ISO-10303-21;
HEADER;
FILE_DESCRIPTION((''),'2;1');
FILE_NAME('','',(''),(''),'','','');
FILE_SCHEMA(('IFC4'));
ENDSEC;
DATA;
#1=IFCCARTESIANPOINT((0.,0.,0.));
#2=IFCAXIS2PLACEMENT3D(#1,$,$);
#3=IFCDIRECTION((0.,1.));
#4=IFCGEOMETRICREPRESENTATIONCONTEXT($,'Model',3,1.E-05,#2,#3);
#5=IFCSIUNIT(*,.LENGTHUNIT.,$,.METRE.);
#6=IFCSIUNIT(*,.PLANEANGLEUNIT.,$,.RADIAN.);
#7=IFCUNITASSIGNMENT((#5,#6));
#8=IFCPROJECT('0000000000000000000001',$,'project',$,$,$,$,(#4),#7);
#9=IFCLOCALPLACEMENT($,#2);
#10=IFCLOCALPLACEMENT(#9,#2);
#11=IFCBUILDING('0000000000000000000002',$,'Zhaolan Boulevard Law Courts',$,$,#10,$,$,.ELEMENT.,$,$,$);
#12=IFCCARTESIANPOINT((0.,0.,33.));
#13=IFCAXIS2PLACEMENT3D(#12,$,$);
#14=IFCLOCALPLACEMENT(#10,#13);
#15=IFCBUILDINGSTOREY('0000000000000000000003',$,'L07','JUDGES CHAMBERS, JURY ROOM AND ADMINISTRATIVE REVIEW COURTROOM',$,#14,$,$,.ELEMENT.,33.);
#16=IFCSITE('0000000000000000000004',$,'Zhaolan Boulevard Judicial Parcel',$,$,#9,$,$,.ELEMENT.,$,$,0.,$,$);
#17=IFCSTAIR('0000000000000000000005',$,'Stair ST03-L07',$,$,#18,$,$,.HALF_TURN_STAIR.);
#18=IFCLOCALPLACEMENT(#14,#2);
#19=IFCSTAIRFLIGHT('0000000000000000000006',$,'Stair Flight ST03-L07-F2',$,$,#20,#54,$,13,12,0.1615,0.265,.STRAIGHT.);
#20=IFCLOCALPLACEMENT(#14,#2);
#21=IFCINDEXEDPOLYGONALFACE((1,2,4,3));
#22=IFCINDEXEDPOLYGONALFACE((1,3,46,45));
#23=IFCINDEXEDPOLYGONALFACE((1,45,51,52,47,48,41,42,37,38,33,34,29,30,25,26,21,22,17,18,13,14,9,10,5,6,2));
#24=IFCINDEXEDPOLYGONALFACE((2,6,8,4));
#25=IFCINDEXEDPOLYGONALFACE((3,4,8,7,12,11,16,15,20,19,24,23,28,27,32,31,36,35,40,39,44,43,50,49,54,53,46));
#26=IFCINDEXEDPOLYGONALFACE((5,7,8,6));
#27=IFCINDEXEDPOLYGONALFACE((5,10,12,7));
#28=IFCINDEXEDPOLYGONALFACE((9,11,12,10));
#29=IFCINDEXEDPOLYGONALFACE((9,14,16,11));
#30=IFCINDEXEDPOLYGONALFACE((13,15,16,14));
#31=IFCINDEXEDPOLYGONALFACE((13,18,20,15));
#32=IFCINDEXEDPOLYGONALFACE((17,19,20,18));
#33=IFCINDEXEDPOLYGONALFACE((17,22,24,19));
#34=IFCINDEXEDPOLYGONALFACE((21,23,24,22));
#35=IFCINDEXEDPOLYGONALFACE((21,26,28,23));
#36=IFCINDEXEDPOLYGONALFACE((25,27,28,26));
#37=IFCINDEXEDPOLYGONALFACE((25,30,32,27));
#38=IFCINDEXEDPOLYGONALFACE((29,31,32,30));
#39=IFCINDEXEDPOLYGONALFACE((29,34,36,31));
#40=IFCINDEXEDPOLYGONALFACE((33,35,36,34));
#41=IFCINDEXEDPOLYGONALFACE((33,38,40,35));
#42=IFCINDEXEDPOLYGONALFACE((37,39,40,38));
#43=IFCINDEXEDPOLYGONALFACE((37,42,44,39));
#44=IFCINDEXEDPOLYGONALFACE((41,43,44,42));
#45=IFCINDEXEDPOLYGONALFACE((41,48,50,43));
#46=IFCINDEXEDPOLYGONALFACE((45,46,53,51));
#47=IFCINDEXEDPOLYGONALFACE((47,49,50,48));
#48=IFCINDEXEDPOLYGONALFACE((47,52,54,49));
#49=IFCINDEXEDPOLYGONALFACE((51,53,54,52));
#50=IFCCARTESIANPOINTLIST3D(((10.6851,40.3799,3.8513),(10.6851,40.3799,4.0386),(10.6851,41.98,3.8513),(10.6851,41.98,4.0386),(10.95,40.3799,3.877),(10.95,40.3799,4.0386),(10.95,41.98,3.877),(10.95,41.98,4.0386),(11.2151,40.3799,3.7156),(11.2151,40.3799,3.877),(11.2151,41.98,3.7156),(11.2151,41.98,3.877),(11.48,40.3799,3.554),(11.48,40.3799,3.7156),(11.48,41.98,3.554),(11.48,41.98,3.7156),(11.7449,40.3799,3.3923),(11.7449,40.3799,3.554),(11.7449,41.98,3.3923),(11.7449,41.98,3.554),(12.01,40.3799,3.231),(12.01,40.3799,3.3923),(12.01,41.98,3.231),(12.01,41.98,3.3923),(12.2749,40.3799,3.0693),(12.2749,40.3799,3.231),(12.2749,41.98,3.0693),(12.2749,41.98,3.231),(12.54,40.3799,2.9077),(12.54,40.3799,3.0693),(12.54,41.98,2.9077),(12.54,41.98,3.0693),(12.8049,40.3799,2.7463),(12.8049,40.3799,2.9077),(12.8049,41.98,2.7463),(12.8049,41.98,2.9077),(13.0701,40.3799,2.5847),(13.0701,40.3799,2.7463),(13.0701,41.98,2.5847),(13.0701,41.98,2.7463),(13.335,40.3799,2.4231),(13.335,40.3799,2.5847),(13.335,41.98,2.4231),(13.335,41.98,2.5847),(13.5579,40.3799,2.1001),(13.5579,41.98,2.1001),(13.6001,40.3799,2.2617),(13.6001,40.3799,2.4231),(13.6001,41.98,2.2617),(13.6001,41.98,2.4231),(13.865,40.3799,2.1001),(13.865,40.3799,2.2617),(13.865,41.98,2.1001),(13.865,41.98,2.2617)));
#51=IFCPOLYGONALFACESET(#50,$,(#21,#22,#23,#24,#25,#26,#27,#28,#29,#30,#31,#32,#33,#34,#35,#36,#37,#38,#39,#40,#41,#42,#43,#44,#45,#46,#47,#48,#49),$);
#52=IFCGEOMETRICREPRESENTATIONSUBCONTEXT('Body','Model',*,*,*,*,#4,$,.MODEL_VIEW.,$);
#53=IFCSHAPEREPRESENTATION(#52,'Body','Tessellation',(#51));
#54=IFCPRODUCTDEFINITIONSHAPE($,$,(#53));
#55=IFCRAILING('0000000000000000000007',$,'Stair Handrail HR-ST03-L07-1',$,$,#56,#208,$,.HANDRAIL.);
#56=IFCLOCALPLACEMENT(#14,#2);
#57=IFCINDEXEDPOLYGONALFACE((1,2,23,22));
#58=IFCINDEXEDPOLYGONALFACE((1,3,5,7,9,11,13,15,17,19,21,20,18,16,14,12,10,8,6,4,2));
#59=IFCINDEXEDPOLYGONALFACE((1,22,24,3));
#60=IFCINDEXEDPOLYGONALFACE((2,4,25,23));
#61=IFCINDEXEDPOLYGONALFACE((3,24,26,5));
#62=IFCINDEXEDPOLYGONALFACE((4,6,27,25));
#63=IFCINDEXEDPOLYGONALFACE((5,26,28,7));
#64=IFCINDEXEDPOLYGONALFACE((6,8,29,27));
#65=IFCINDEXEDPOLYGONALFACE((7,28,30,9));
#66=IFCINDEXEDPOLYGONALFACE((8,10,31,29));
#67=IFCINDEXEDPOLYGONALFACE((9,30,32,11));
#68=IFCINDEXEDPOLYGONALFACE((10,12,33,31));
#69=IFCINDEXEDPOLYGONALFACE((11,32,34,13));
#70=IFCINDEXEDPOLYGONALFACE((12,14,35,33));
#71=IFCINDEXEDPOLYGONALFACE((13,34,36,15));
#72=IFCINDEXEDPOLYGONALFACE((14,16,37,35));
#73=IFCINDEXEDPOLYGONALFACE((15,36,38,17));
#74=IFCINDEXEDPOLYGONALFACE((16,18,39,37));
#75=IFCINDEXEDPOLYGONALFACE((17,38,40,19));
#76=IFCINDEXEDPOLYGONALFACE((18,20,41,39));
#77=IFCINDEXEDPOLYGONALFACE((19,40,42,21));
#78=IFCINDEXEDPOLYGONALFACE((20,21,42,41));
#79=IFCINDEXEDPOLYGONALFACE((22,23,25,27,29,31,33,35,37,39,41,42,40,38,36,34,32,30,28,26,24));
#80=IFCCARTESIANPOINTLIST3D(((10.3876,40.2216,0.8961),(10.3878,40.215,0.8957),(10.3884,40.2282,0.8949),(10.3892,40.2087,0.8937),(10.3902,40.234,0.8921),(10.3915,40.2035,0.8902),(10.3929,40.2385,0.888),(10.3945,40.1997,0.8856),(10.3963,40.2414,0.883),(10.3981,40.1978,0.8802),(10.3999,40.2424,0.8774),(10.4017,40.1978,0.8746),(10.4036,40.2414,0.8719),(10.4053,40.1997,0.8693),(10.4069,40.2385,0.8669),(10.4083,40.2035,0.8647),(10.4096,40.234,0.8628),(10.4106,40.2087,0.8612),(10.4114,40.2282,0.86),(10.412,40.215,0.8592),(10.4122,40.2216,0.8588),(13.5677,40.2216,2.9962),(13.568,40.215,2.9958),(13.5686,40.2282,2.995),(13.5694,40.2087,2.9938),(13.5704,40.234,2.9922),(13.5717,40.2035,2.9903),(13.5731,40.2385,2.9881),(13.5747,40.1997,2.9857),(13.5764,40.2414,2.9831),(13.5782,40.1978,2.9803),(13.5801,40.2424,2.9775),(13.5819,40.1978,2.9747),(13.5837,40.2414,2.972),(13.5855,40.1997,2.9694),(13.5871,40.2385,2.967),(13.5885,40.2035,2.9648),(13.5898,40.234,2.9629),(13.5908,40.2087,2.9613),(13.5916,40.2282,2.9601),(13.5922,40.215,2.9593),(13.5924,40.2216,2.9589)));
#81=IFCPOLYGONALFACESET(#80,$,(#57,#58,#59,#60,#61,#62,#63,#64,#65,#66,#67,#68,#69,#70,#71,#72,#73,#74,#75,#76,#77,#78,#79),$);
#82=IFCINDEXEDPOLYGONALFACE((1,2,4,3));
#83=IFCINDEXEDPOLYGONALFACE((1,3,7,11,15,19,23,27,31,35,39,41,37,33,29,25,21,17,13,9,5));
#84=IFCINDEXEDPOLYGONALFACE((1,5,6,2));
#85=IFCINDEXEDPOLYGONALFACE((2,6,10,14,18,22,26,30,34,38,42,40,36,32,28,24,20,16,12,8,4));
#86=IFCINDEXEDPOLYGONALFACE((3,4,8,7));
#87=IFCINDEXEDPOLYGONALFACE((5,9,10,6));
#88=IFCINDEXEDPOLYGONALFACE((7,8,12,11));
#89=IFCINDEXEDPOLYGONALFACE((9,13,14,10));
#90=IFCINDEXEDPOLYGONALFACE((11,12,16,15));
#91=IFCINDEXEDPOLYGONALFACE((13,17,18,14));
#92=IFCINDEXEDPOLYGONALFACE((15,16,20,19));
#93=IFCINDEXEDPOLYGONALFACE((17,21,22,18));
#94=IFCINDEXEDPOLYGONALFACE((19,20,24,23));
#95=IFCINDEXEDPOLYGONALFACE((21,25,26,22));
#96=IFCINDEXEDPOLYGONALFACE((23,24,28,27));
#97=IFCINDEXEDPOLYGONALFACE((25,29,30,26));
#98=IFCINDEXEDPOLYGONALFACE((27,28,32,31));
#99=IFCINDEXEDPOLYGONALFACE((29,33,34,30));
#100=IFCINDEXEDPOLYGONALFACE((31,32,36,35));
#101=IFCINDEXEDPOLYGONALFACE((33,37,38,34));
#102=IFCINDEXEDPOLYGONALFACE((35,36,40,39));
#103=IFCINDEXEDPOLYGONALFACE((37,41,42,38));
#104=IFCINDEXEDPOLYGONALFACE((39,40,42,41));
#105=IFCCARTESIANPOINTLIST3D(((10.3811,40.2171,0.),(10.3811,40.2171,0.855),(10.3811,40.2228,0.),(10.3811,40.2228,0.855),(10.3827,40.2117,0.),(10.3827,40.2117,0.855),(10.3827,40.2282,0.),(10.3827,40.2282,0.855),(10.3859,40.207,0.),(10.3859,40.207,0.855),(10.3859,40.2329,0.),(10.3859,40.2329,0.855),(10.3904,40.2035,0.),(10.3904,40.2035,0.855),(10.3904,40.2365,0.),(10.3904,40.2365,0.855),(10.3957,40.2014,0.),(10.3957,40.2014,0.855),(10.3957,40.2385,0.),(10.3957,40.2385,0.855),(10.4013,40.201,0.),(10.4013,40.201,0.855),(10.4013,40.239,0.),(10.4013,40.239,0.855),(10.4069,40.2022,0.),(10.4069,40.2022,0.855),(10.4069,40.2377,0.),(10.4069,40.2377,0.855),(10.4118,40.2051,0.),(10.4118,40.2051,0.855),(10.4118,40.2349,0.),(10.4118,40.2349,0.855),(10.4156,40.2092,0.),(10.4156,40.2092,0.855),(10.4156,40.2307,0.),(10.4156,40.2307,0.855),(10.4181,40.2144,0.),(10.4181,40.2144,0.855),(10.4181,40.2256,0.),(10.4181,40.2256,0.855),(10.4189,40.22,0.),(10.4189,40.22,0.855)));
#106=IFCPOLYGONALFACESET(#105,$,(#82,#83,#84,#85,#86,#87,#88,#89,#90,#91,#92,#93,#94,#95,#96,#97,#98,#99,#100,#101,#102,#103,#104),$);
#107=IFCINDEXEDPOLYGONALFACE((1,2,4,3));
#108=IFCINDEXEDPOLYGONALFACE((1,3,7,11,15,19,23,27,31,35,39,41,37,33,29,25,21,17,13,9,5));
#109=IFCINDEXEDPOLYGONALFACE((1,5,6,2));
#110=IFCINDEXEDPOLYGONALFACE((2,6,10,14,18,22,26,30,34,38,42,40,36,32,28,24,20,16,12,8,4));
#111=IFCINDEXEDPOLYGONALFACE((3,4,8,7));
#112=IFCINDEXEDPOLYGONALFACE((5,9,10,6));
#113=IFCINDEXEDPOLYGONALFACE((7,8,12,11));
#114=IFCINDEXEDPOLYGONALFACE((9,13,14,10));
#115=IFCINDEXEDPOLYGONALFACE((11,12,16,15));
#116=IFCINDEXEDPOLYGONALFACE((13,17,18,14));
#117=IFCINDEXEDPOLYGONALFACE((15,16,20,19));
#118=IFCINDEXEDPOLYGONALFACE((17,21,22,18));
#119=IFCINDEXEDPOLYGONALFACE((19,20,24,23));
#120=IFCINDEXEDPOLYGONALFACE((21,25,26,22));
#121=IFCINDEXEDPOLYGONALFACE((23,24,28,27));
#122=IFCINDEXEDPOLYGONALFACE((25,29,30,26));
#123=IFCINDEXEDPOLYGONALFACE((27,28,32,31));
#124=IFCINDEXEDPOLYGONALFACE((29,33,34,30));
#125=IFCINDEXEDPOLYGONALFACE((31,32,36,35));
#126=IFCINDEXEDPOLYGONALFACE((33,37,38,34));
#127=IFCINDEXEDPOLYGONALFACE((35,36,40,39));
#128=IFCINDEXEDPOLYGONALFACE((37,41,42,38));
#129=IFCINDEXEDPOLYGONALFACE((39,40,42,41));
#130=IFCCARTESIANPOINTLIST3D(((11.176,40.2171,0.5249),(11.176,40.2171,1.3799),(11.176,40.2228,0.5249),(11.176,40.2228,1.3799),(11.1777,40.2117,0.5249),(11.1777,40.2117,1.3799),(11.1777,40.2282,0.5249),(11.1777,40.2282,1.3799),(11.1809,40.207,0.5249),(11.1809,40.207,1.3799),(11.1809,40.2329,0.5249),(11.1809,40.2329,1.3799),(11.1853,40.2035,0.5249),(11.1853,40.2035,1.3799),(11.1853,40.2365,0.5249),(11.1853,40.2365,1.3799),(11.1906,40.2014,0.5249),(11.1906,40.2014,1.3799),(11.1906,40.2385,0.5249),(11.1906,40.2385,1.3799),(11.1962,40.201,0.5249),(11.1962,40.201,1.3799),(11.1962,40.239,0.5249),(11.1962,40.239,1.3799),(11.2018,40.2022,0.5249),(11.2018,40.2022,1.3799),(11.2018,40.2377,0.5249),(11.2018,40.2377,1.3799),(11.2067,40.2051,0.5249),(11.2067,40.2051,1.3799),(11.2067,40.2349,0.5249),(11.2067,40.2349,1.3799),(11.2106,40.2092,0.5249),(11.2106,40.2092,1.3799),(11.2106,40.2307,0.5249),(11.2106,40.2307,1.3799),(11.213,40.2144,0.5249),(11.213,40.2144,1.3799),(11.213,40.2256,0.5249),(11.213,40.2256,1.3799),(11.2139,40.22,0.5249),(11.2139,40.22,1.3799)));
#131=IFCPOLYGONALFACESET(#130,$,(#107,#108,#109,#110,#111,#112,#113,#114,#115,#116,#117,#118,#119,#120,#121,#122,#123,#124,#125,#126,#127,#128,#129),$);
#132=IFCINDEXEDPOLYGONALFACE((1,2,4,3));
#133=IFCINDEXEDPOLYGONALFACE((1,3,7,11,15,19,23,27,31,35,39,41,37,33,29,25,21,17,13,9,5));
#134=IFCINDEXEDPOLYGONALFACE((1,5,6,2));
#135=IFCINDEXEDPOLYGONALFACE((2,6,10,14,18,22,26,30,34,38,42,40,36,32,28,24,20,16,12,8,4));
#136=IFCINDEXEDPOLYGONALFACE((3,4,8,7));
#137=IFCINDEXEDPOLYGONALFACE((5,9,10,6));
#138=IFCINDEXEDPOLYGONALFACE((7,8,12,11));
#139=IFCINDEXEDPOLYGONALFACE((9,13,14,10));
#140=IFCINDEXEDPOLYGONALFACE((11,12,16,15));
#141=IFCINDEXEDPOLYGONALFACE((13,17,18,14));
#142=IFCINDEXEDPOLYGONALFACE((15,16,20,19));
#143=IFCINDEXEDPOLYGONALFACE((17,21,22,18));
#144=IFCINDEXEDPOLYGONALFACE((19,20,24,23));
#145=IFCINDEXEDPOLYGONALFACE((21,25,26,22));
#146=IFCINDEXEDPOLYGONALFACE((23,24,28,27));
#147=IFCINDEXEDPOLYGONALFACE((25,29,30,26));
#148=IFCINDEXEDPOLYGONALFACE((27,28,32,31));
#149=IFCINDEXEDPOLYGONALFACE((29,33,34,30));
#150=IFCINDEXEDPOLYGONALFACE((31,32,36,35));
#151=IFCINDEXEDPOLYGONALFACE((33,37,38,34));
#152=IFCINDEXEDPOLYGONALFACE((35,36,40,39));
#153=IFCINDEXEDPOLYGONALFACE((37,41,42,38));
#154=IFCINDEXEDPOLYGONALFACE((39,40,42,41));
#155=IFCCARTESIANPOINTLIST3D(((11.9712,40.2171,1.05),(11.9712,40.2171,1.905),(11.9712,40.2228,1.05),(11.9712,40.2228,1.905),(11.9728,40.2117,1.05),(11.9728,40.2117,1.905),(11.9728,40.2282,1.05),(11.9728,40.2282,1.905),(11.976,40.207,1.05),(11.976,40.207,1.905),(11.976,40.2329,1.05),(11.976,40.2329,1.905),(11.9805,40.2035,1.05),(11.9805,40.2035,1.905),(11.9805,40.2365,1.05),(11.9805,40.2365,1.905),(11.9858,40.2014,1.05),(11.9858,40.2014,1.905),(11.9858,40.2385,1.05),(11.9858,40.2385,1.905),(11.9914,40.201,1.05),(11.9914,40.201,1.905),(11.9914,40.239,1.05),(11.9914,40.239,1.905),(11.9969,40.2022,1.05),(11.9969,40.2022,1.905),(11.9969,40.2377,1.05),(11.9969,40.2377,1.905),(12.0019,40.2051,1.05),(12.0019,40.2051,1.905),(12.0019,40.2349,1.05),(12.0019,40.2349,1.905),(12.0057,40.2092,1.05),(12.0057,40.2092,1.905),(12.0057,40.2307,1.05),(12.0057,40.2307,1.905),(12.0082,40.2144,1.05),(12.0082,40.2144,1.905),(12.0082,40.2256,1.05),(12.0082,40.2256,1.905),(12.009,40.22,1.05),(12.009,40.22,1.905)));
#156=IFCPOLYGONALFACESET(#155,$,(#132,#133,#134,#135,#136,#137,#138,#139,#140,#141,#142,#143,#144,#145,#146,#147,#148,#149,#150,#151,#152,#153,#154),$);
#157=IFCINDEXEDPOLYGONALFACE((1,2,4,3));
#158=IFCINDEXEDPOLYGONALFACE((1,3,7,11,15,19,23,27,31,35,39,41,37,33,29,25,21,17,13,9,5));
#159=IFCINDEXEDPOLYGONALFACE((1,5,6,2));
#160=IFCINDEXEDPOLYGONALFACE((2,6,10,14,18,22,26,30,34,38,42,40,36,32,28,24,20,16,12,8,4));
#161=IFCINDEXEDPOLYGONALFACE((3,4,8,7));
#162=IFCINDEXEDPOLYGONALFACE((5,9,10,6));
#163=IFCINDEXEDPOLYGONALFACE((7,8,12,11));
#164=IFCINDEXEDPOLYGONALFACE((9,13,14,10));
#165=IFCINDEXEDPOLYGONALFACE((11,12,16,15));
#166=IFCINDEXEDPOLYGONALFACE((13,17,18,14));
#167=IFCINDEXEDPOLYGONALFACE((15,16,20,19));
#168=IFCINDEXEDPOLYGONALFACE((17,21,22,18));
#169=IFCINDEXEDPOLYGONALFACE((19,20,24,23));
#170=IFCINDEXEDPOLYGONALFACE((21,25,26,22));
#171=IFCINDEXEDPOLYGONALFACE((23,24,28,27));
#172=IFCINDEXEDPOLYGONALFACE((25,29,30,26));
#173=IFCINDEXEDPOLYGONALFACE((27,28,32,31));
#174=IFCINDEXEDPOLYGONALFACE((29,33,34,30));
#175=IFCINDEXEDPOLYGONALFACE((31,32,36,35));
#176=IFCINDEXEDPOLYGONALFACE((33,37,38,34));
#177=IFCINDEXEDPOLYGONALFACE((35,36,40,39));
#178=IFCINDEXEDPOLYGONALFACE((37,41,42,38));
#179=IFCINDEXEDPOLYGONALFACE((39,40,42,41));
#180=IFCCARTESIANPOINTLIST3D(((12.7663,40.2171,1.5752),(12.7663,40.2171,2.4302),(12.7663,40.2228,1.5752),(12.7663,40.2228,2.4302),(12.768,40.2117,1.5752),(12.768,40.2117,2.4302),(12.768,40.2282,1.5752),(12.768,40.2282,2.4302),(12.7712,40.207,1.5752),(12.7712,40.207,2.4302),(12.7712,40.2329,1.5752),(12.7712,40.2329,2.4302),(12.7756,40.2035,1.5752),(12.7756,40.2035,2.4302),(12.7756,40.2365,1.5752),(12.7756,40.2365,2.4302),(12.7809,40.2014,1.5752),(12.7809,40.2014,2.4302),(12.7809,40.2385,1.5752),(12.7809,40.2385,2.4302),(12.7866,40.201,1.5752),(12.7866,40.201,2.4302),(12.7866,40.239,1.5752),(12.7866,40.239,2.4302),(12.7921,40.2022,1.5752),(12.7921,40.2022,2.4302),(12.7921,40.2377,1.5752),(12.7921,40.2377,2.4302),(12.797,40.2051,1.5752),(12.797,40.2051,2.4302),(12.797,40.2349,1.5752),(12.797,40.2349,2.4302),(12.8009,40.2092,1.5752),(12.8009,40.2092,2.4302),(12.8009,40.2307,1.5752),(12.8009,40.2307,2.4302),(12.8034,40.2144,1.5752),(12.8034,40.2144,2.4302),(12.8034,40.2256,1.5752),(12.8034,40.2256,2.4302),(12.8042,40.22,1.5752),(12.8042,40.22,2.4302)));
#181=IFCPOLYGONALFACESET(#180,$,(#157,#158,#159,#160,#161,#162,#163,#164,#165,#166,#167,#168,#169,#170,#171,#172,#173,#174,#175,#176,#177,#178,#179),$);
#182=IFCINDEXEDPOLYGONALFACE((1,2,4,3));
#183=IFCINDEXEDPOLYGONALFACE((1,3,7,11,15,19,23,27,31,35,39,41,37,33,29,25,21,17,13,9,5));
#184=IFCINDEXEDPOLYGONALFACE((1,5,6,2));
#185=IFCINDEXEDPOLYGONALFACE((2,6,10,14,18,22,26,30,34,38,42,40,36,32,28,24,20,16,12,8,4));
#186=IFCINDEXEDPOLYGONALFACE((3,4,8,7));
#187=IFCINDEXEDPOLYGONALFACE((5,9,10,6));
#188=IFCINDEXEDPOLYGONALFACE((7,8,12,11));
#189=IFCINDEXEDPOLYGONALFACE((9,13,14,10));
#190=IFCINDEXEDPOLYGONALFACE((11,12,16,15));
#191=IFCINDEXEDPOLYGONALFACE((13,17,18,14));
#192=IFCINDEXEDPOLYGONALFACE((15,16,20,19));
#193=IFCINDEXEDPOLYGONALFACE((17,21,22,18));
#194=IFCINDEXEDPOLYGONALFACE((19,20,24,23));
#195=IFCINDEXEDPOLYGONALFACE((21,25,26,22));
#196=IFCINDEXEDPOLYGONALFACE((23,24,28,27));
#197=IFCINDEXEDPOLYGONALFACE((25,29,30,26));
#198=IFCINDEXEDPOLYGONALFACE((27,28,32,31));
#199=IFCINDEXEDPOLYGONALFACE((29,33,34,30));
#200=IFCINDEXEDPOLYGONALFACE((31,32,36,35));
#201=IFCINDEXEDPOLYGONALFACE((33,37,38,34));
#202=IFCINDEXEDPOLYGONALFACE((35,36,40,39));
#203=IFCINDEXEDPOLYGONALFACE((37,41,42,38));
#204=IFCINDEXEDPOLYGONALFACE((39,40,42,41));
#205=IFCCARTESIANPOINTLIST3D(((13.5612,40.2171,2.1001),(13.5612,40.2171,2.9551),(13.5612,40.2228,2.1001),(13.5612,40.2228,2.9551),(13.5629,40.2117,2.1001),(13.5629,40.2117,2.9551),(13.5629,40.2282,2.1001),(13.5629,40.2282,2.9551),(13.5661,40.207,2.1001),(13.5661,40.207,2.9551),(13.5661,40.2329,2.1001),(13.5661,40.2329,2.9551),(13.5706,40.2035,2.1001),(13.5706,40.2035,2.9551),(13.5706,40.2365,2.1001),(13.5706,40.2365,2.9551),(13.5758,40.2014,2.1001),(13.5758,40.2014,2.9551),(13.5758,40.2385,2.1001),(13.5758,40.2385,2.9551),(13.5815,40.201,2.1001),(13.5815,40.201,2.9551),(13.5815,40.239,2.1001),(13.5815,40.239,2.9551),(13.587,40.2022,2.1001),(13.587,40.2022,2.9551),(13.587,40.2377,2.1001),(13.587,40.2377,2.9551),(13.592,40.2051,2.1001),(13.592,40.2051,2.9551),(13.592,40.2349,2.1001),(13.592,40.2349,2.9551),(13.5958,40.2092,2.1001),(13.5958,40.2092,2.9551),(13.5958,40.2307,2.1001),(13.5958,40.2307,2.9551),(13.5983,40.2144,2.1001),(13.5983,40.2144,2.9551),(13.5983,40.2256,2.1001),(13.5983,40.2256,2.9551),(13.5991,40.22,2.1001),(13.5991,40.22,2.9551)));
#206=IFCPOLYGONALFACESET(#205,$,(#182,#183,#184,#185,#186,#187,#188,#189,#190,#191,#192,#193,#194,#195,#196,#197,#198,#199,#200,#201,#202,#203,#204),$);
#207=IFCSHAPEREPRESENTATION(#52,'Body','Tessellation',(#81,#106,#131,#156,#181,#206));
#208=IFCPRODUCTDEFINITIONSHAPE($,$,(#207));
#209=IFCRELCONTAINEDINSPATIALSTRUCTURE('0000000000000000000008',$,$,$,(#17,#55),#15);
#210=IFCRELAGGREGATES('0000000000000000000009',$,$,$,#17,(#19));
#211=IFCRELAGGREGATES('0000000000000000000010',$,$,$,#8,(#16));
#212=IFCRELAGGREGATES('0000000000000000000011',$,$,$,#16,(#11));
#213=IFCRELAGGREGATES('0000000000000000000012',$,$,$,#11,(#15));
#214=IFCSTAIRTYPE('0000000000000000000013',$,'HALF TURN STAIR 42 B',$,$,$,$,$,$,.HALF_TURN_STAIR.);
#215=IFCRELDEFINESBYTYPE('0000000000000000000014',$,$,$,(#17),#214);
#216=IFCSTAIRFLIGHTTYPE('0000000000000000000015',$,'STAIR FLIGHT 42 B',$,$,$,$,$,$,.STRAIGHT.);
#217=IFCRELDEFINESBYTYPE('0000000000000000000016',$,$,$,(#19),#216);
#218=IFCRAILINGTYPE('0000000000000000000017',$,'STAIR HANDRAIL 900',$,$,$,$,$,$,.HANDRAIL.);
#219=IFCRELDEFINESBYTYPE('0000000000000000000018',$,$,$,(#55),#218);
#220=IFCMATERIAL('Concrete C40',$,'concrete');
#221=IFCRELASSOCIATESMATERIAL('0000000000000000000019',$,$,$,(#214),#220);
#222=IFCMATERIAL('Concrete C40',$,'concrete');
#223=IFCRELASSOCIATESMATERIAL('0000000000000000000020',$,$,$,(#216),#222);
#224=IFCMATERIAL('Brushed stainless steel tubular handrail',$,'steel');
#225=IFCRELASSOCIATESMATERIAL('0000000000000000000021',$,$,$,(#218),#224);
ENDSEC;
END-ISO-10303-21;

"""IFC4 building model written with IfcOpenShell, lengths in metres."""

from ifc_helpers import new_model, si_unit, direction, frame, origin, origin_2d, place, context, subcontext, project, spatial, polyline, circle, outline, extrude, material, type_object, element, aggregate, save


model = new_model("IFC4")

# Units and contexts
model_context = context("Model", 3, precision=1e-05, world=origin(), true_north=direction((0.0, 1.0)))
body_context = subcontext(model_context, "Body", "Model", "MODEL_VIEW")
ifc_project = project(units=[si_unit("LENGTHUNIT", "METRE"), si_unit("PLANEANGLEUNIT", "RADIAN")], contexts=[model_context])

# Site, building, storey
site_placement = place(None, origin())
site = spatial("IfcSite", under=ifc_project, at=site_placement, Name="Zhaolan Boulevard Judicial Parcel", CompositionType="ELEMENT", RefElevation=0.0)
building_placement = place(site_placement, origin())
building = spatial("IfcBuilding", under=site, at=building_placement, Name="Zhaolan Boulevard Law Courts", CompositionType="ELEMENT")
storey_placement = place(building_placement, frame((0.0, 0.0, 33.0)))
storey = spatial("IfcBuildingStorey", under=building, at=storey_placement, Name="L07", Description="JUDGES CHAMBERS, JURY ROOM AND ADMINISTRATIVE REVIEW COURTROOM", CompositionType="ELEMENT", Elevation=33.0)

# Stair, stair flight
ifc_material_1 = material(Name="Concrete C40", Category="concrete")
stair_type = type_object("IfcStairType", Name="HALF TURN STAIR 42 B", PredefinedType="HALF_TURN_STAIR", material=ifc_material_1)
stair_placement = place(storey_placement, origin())
stair = element("IfcStair", 1, at=stair_placement, inside=storey, type_object=stair_type, Name="Stair ST03-L07", PredefinedType="HALF_TURN_STAIR")
ifc_material_2 = material(Name="Concrete C40", Category="concrete")
stair_flight_type = type_object("IfcStairFlightType", Name="STAIR FLIGHT 42 B", PredefinedType="STRAIGHT", material=ifc_material_2)
stair_flight_1_placement = place(storey_placement, frame((13.865, 41.1799, 2.1001), z_axis=(0.0, 0.0, 1.0), x_axis=(-1.0, 0.0, 0.0)))
stair_flight_1 = element("IfcStairFlight", 2, at=stair_flight_1_placement, type_object=stair_flight_type, Name="Stair Flight ST03-L07-F2", NumberOfRisers=13, NumberOfTreads=12, PredefinedType="STRAIGHT", RiserHeight=0.1615, TreadLength=0.265, context=body_context, shape_type="SweptSolid", body=[
    extrude(outline(polyline([(0.0, 0.0), (0.0, 0.1616), (0.2649, 0.1616), (0.2649, 0.323), (0.53, 0.323), (0.53, 0.4846), (0.7949, 0.4846), (0.7949, 0.6462), (1.0601, 0.6462), (1.0601, 0.8076), (1.325, 0.8076), (1.325, 0.9692), (1.5901, 0.9692), (1.5901, 1.1309), (1.855, 1.1309), (1.855, 1.2922), (2.1201, 1.2922), (2.1201, 1.4539), (2.385, 1.4539), (2.385, 1.6155), (2.6499, 1.6155), (2.6499, 1.7769), (2.915, 1.7769), (2.915, 1.9385), (3.1799, 1.9385), (3.1799, 2.1001), (3.1799, 1.7512), (0.3071, 0.0), (0.0, 0.0)])), frame((0.0, 0.8, 0.0), z_axis=(0.0, -1.0, 0.0), x_axis=(1.0, 0.0, 0.0)), (0.0, 0.0, 1.0), 1.6001),
])
aggregate(stair, [stair_flight_1])

# Railing
ifc_material_3 = material(Name="Brushed stainless steel tubular handrail", Category="steel")
railing_type_1 = type_object("IfcRailingType", Name="STAIR HANDRAIL 900", PredefinedType="HANDRAIL", material=ifc_material_3)
railing_1_placement = place(storey_placement, frame((10.3999, 40.22, 0.0)))
element("IfcRailing", 3, at=railing_1_placement, inside=storey, type_object=railing_type_1, Name="Stair Handrail HR-ST03-L07-1", PredefinedType="HANDRAIL", context=body_context, shape_type="SweptSolid", body=[
    extrude(circle(Radius=0.0225, at=origin_2d()), frame((0.0, 0.0, 0.8774), z_axis=(0.834467, 0.0, 0.551058), x_axis=(0.0, 1.0, 0.0)), (0.0, 0.0, 1.0), 3.811),
    extrude(circle(Radius=0.019, at=origin_2d()), origin(), (0.0, 0.0, 1.0), 0.855),
    extrude(circle(Radius=0.019, at=origin_2d()), frame((0.7949, 0.0, 0.5249)), (0.0, 0.0, 1.0), 0.855),
    extrude(circle(Radius=0.019, at=origin_2d()), frame((1.5901, 0.0, 1.05)), (0.0, 0.0, 1.0), 0.855),
    extrude(circle(Radius=0.019, at=origin_2d()), frame((2.3853, 0.0, 1.5752)), (0.0, 0.0, 1.0), 0.855),
    extrude(circle(Radius=0.019, at=origin_2d()), frame((3.1802, 0.0, 2.1001)), (0.0, 0.0, 1.0), 0.855),
])

save(model, "model.ifc")
